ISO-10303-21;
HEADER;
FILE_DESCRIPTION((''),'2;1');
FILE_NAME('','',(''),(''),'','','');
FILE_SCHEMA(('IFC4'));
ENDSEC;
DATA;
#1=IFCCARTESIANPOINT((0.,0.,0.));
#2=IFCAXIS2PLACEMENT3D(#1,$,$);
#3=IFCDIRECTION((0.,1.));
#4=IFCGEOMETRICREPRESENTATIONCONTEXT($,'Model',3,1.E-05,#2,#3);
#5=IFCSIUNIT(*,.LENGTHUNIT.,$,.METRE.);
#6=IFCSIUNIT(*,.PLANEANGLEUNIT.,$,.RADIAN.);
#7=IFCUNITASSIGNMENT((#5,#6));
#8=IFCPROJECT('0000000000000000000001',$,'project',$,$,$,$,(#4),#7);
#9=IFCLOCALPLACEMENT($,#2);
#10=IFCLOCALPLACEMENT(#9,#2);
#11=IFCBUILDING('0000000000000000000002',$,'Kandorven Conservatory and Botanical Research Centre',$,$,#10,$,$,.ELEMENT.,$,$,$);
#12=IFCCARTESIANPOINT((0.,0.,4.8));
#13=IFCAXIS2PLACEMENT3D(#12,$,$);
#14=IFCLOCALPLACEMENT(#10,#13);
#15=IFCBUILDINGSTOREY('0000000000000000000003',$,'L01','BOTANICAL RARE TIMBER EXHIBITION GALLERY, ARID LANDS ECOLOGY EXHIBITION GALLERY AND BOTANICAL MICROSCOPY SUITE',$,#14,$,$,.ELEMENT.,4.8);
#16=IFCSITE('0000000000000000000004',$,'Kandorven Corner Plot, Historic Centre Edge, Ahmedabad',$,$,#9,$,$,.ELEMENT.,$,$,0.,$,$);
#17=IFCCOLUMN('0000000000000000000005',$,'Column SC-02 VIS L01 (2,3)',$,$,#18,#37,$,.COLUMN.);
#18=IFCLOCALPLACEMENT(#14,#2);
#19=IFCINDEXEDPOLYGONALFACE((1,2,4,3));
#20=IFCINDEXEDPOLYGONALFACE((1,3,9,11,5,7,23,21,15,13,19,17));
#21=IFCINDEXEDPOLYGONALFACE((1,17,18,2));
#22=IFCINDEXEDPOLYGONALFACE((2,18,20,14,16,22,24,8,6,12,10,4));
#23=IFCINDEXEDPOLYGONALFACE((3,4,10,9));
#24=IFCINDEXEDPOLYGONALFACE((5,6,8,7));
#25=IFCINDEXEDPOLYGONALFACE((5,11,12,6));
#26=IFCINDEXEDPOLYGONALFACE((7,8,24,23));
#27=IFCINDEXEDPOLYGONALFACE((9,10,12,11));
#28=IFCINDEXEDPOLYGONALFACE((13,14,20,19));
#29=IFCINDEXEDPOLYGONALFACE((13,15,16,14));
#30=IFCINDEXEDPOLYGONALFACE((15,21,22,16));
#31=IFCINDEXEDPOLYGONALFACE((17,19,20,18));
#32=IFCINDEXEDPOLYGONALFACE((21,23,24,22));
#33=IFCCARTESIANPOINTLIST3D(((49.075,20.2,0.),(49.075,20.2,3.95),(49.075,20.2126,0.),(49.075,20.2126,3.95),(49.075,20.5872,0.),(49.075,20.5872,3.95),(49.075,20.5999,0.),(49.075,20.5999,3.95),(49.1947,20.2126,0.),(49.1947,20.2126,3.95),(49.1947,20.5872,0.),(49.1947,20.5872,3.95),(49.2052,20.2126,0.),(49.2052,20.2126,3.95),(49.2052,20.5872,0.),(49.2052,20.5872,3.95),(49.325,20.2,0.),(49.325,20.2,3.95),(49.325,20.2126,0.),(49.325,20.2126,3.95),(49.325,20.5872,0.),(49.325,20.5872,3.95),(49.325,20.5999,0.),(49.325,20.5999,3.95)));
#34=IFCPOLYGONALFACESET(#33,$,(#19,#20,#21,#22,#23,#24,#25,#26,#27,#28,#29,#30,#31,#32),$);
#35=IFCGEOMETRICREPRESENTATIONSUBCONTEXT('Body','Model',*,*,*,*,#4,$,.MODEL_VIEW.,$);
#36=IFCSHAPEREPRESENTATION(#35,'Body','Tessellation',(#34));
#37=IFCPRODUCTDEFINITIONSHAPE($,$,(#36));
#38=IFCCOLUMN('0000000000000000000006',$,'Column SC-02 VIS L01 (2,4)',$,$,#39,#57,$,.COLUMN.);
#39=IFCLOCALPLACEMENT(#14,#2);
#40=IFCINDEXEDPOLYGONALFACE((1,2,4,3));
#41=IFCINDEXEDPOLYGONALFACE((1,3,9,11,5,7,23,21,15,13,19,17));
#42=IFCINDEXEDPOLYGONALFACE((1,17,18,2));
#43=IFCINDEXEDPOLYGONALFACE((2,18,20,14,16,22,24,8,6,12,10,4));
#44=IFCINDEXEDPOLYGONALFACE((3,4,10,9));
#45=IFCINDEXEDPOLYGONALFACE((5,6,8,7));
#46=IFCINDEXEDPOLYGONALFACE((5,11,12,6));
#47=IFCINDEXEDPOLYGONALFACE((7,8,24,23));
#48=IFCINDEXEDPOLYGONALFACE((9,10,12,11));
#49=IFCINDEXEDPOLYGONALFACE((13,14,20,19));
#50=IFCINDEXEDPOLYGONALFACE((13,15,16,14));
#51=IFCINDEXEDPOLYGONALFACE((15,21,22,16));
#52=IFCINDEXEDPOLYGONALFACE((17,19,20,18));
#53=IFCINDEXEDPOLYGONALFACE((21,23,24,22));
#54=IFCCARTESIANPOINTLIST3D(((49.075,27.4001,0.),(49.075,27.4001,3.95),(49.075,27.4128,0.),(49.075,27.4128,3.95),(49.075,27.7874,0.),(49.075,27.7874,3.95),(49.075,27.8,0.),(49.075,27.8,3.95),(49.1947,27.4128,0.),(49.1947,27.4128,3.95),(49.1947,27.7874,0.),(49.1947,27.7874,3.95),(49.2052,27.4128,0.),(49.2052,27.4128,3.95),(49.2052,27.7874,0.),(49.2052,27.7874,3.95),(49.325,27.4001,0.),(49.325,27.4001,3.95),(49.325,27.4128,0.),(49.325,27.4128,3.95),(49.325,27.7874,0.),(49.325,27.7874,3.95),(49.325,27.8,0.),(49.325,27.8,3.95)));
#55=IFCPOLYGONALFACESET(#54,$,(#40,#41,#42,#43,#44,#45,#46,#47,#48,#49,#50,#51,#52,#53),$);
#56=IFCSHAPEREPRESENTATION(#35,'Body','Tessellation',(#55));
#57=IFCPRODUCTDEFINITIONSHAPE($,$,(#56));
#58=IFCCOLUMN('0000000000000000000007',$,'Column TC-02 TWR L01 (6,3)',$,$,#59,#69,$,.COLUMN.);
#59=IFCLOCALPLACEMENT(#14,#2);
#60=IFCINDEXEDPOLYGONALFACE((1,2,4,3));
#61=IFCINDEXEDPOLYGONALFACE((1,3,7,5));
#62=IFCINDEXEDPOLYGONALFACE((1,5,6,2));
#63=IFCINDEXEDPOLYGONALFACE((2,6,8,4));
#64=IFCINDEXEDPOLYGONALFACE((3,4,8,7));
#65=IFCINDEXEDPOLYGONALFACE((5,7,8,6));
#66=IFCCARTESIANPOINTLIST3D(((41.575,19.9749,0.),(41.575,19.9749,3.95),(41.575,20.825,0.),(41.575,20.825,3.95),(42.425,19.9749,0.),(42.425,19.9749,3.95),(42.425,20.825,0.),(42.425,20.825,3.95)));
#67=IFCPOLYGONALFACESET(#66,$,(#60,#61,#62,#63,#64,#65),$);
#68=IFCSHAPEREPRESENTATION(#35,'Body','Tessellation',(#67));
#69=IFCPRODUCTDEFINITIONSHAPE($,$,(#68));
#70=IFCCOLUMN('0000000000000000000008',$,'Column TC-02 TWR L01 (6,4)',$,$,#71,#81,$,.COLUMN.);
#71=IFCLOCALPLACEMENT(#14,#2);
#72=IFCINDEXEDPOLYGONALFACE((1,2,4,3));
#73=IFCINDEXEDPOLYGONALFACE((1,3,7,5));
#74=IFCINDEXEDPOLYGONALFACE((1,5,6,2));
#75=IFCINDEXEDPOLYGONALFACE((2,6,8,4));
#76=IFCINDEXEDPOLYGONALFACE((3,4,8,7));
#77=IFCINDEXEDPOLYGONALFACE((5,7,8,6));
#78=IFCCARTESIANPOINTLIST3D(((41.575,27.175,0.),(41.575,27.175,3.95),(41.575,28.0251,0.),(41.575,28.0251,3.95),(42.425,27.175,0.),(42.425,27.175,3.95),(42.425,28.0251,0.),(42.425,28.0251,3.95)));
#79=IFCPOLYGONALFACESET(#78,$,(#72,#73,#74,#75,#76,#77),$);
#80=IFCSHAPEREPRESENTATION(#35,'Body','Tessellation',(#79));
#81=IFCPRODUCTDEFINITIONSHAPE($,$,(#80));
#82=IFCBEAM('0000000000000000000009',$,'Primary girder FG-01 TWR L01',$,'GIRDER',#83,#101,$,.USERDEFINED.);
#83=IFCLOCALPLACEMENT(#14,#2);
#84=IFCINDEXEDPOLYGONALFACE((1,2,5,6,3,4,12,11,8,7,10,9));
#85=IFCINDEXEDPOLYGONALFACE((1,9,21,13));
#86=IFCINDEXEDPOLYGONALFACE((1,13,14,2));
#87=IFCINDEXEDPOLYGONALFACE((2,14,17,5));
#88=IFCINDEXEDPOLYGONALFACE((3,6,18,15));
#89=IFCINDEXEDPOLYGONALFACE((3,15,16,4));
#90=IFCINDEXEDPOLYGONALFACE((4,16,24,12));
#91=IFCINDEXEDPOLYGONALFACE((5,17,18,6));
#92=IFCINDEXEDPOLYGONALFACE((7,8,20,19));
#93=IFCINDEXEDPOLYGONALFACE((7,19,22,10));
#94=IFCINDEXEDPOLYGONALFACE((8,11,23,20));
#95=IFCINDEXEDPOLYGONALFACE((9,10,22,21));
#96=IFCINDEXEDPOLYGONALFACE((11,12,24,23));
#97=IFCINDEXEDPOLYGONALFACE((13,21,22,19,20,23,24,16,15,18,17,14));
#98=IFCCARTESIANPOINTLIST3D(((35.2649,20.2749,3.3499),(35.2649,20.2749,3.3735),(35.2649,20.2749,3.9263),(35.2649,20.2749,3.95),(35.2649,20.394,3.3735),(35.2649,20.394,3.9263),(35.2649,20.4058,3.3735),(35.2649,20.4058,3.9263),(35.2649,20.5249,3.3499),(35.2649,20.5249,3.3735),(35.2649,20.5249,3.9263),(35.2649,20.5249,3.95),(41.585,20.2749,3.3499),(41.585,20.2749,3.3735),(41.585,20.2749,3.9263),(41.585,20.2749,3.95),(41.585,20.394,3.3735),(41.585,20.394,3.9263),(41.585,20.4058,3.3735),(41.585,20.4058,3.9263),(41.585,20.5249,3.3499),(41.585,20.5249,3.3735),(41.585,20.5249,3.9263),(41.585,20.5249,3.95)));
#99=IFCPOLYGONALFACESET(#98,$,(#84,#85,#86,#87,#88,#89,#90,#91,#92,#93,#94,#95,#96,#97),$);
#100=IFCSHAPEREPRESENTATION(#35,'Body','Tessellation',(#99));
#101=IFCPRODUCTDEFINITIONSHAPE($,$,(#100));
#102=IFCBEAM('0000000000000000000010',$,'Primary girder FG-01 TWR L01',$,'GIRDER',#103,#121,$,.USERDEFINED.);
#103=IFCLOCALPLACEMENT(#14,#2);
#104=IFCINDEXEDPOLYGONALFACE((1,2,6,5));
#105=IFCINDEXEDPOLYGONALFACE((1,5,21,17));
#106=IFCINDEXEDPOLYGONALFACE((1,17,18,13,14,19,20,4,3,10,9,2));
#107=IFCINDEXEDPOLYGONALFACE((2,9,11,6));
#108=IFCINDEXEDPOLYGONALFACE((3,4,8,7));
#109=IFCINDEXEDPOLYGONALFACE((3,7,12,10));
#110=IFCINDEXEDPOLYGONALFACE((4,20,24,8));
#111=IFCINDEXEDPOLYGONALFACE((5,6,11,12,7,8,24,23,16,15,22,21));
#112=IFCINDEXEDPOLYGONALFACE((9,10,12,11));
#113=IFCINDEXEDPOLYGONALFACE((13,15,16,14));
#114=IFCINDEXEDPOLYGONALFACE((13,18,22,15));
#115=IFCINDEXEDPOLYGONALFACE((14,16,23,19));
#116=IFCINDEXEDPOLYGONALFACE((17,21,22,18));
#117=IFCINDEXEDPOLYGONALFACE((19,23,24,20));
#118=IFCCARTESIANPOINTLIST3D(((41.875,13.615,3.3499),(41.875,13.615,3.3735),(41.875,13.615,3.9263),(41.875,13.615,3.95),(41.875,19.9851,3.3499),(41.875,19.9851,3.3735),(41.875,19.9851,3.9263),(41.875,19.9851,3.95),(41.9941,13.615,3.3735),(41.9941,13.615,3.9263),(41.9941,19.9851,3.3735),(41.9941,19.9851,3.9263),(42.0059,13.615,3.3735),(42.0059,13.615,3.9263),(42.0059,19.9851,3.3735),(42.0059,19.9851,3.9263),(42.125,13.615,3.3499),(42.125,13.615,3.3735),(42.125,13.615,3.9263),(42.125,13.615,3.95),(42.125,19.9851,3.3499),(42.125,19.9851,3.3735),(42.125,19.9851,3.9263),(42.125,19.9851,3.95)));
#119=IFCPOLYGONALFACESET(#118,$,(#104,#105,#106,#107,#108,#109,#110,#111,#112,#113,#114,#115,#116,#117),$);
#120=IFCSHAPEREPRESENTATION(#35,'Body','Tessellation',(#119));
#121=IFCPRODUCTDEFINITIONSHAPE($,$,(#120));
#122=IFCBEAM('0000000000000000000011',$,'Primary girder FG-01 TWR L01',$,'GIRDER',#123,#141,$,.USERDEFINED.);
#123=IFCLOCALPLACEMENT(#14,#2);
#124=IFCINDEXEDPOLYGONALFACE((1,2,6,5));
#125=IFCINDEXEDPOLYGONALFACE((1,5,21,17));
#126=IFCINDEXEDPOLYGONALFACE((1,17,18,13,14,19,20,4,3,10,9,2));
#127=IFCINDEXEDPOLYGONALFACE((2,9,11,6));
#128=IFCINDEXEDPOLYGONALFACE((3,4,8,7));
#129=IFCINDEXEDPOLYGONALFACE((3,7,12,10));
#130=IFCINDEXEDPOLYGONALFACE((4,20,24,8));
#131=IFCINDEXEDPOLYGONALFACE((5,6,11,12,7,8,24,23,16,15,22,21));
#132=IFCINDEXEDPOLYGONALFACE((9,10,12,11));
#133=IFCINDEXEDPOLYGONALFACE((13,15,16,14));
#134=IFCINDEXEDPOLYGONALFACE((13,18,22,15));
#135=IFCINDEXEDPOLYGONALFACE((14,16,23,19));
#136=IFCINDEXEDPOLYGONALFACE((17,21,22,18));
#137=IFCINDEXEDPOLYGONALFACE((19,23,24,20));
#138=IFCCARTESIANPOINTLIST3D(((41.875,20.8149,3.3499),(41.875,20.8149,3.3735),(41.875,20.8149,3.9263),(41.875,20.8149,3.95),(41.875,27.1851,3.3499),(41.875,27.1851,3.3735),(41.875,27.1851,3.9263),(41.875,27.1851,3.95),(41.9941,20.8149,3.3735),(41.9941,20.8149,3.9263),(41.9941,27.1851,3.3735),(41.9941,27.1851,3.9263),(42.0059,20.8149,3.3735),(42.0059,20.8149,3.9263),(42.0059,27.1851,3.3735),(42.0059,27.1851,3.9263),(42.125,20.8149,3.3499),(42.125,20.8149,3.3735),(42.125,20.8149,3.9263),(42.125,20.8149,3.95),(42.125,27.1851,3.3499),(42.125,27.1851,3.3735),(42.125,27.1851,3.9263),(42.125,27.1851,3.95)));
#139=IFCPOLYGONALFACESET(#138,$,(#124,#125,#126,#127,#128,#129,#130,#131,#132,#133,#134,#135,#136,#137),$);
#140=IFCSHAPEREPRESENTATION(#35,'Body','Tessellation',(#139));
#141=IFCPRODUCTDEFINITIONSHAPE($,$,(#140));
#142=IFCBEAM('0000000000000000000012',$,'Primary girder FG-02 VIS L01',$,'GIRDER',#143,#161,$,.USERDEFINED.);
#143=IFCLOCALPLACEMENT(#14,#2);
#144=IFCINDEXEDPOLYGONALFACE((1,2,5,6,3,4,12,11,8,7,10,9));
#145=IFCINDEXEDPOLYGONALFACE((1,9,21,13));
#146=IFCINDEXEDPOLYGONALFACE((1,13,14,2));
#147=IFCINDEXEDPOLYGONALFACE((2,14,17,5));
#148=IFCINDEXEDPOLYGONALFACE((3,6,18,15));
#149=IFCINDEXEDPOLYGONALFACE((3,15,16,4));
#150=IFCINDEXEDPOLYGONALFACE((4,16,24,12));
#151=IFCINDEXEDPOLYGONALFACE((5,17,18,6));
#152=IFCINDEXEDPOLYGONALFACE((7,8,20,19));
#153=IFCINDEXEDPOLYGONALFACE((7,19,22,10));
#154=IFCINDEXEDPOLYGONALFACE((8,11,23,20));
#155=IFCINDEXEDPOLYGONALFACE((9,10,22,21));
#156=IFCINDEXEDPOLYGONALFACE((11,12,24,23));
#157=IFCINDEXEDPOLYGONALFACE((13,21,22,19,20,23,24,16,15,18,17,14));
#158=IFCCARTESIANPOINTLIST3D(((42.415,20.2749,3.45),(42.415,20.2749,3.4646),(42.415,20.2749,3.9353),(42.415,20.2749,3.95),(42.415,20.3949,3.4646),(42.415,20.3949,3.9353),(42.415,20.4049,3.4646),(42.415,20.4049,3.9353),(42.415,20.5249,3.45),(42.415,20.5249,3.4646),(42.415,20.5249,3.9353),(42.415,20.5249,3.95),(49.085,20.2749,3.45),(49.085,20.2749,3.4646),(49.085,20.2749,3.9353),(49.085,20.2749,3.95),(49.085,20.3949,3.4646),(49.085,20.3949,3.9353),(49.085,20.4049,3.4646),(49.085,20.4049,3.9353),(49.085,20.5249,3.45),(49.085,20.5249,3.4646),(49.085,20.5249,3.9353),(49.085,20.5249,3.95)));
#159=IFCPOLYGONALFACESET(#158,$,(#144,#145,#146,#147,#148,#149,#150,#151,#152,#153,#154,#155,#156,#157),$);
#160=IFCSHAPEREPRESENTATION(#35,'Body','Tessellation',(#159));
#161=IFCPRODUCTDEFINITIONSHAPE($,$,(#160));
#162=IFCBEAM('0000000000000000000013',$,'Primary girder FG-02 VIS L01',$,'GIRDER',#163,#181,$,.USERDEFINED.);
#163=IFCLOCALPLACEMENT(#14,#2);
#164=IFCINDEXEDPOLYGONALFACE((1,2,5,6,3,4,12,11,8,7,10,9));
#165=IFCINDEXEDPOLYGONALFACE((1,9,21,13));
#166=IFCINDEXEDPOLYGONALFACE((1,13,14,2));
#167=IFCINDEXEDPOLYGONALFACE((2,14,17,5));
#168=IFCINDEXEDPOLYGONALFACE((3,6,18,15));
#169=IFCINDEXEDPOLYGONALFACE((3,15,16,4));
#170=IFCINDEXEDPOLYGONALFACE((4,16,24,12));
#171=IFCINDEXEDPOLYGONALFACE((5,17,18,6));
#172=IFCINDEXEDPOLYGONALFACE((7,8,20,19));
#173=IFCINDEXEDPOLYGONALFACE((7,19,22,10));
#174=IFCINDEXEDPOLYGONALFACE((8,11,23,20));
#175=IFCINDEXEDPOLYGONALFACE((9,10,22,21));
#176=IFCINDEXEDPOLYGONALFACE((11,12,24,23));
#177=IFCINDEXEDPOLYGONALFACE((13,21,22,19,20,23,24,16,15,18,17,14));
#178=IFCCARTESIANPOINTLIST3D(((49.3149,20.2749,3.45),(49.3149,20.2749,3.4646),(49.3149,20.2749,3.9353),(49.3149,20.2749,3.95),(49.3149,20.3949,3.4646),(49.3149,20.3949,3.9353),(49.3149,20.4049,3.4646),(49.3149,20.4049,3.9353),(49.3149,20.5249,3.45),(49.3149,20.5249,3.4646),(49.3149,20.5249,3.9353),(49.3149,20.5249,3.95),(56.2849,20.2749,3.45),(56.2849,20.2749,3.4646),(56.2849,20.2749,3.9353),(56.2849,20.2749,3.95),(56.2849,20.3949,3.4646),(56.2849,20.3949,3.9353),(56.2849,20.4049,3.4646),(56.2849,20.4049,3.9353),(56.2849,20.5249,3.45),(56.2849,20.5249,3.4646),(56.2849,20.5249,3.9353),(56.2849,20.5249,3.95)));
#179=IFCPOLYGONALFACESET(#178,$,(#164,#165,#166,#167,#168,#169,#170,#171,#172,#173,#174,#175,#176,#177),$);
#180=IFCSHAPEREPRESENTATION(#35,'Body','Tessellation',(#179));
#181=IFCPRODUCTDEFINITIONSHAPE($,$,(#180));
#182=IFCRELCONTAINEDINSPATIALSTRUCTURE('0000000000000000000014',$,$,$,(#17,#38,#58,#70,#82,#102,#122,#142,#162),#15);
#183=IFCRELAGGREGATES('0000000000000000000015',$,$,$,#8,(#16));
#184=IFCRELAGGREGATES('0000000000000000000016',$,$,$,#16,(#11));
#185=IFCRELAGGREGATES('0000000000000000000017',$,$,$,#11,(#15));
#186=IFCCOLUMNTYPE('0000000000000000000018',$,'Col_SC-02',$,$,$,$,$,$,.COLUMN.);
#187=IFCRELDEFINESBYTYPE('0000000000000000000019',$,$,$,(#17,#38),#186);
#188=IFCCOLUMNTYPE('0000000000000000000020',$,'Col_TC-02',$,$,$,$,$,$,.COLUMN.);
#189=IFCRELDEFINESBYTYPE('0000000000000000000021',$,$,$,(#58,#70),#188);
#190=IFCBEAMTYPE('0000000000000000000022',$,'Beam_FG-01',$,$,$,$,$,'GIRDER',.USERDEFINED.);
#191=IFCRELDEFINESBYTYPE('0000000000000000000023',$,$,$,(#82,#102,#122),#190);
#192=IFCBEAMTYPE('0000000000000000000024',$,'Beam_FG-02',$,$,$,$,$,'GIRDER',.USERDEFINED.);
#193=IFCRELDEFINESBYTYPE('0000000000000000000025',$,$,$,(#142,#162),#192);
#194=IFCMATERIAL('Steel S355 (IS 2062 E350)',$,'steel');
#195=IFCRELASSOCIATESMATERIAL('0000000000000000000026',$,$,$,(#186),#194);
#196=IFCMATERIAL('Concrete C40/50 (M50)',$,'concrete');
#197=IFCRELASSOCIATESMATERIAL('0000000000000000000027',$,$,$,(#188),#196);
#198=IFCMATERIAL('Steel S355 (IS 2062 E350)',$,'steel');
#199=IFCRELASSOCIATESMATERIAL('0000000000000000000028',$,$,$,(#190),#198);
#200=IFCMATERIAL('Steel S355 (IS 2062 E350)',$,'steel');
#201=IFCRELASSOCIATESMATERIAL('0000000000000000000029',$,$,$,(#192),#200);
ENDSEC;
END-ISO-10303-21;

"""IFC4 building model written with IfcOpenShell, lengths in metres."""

from ifc_helpers import new_model, si_unit, direction, frame, origin, origin_2d, place, context, subcontext, project, spatial, rectangle, i_section, extrude, material, material_profile, profile_set, type_object, element, save


model = new_model("IFC4")

# Units and contexts
model_context = context("Model", 3, precision=1e-05, world=origin(), true_north=direction((0.0, 1.0)))
body_context = subcontext(model_context, "Body", "Model", "MODEL_VIEW")
ifc_project = project(units=[si_unit("LENGTHUNIT", "METRE"), si_unit("PLANEANGLEUNIT", "RADIAN")], contexts=[model_context])

# Site, building, storey
site_placement = place(None, origin())
site = spatial("IfcSite", under=ifc_project, at=site_placement, Name="Kandorven Corner Plot, Historic Centre Edge, Ahmedabad", CompositionType="ELEMENT", RefElevation=0.0)
building_placement = place(site_placement, origin())
building = spatial("IfcBuilding", under=site, at=building_placement, Name="Kandorven Conservatory and Botanical Research Centre", CompositionType="ELEMENT")
storey_placement = place(building_placement, frame((0.0, 0.0, 4.8)))
storey = spatial("IfcBuildingStorey", under=building, at=storey_placement, Name="L01", Description="BOTANICAL RARE TIMBER EXHIBITION GALLERY, ARID LANDS ECOLOGY EXHIBITION GALLERY AND BOTANICAL MICROSCOPY SUITE", CompositionType="ELEMENT", Elevation=4.8)

# Columns
ifc_material_1 = material(Name="Steel S355 (IS 2062 E350)", Category="steel")
ifc_material_profile_1 = material_profile(ifc_material_1, i_section(OverallWidth=0.25, OverallDepth=0.3999, WebThickness=0.0105, FlangeThickness=0.0127, at=origin_2d()))
ifc_profile_set_1 = profile_set([ifc_material_profile_1], Name="Steel S355 (IS 2062 E350)")
column_type_1 = type_object("IfcColumnType", Name="Col_SC-02", PredefinedType="COLUMN", material=ifc_profile_set_1)
for number, where, z_axis, x_axis, name in (
    (1, (49.2, 20.3999, 0.0), (0.0, 0.0, 1.0), (1.0, 0.0, 0.0), "Column SC-02 VIS L01 (2,3)"),
    (2, (49.2, 27.6001, 0.0), (0.0, 0.0, 1.0), (1.0, 0.0, 0.0), "Column SC-02 VIS L01 (2,4)"),
):
    element("IfcColumn", number, at=place(storey_placement, frame(where, z_axis=z_axis, x_axis=x_axis)), inside=storey, type_object=column_type_1, Name=name, PredefinedType="COLUMN", context=body_context, shape_type="SweptSolid", body=[
        extrude(i_section(OverallWidth=0.25, OverallDepth=0.3999, WebThickness=0.0105, FlangeThickness=0.0127, at=origin_2d()), origin(), (0.0, 0.0, 1.0), 3.95),
    ])
ifc_material_2 = material(Name="Concrete C40/50 (M50)", Category="concrete")
ifc_material_profile_2 = material_profile(ifc_material_2, rectangle(XDim=0.8501, YDim=0.8501, at=origin_2d()))
ifc_profile_set_2 = profile_set([ifc_material_profile_2], Name="Concrete C40/50 (M50)")
column_type_2 = type_object("IfcColumnType", Name="Col_TC-02", PredefinedType="COLUMN", material=ifc_profile_set_2)
for number, where, z_axis, x_axis, name in (
    (3, (42.0, 20.3999, 0.0), (0.0, 0.0, 1.0), (1.0, 0.0, 0.0), "Column TC-02 TWR L01 (6,3)"),
    (4, (42.0, 27.6001, 0.0), (0.0, 0.0, 1.0), (1.0, 0.0, 0.0), "Column TC-02 TWR L01 (6,4)"),
):
    element("IfcColumn", number, at=place(storey_placement, frame(where, z_axis=z_axis, x_axis=x_axis)), inside=storey, type_object=column_type_2, Name=name, PredefinedType="COLUMN", context=body_context, shape_type="SweptSolid", body=[
        extrude(rectangle(XDim=0.8501, YDim=0.8501, at=origin_2d()), origin(), (0.0, 0.0, 1.0), 3.95),
    ])

# Beams
ifc_material_3 = material(Name="Steel S355 (IS 2062 E350)", Category="steel")
ifc_material_profile_3 = material_profile(ifc_material_3, i_section(OverallWidth=0.25, OverallDepth=0.6001, WebThickness=0.0117, FlangeThickness=0.0237, at=origin_2d()))
ifc_profile_set_3 = profile_set([ifc_material_profile_3], Name="Steel S355 (IS 2062 E350)")
beam_type_1 = type_object("IfcBeamType", Name="Beam_FG-01", ElementType="GIRDER", PredefinedType="USERDEFINED", material=ifc_profile_set_3)
beam_1_placement = place(storey_placement, frame((35.2649, 20.3999, 3.6499), z_axis=(1.0, 0.0, 0.0), x_axis=(0.0, 1.0, 0.0)))
element("IfcBeam", 5, at=beam_1_placement, inside=storey, type_object=beam_type_1, Name="Primary girder FG-01 TWR L01", ObjectType="GIRDER", PredefinedType="USERDEFINED", context=body_context, shape_type="SweptSolid", body=[
    extrude(i_section(OverallWidth=0.25, OverallDepth=0.6001, WebThickness=0.0117, FlangeThickness=0.0237, at=origin_2d()), origin(), (0.0, 0.0, 1.0), 6.3201),
])
for number, where, z_axis, x_axis, name in (
    (6, (42.0, 13.615, 3.6499), (0.0, 1.0, 0.0), (-1.0, 0.0, 0.0), "Primary girder FG-01 TWR L01"),
    (7, (42.0, 20.8149, 3.6499), (0.0, 1.0, 0.0), (-1.0, 0.0, 0.0), "Primary girder FG-01 TWR L01"),
):
    element("IfcBeam", number, at=place(storey_placement, frame(where, z_axis=z_axis, x_axis=x_axis)), inside=storey, type_object=beam_type_1, Name=name, ObjectType="GIRDER", PredefinedType="USERDEFINED", context=body_context, shape_type="SweptSolid", body=[
        extrude(i_section(OverallWidth=0.25, OverallDepth=0.6001, WebThickness=0.0117, FlangeThickness=0.0237, at=origin_2d()), origin(), (0.0, 0.0, 1.0), 6.3701),
    ])
ifc_material_4 = material(Name="Steel S355 (IS 2062 E350)", Category="steel")
ifc_material_profile_4 = material_profile(ifc_material_4, i_section(OverallWidth=0.25, OverallDepth=0.5, WebThickness=0.01, FlangeThickness=0.0146, at=origin_2d()))
ifc_profile_set_4 = profile_set([ifc_material_profile_4], Name="Steel S355 (IS 2062 E350)")
beam_type_2 = type_object("IfcBeamType", Name="Beam_FG-02", ElementType="GIRDER", PredefinedType="USERDEFINED", material=ifc_profile_set_4)
beam_2_placement = place(storey_placement, frame((42.415, 20.3999, 3.7), z_axis=(1.0, 0.0, 0.0), x_axis=(0.0, 1.0, 0.0)))
element("IfcBeam", 8, at=beam_2_placement, inside=storey, type_object=beam_type_2, Name="Primary girder FG-02 VIS L01", ObjectType="GIRDER", PredefinedType="USERDEFINED", context=body_context, shape_type="SweptSolid", body=[
    extrude(i_section(OverallWidth=0.25, OverallDepth=0.5, WebThickness=0.01, FlangeThickness=0.0146, at=origin_2d()), origin(), (0.0, 0.0, 1.0), 6.6699),
])
beam_3_placement = place(storey_placement, frame((49.3149, 20.3999, 3.7), z_axis=(1.0, 0.0, 0.0), x_axis=(0.0, 1.0, 0.0)))
element("IfcBeam", 9, at=beam_3_placement, inside=storey, type_object=beam_type_2, Name="Primary girder FG-02 VIS L01", ObjectType="GIRDER", PredefinedType="USERDEFINED", context=body_context, shape_type="SweptSolid", body=[
    extrude(i_section(OverallWidth=0.25, OverallDepth=0.5, WebThickness=0.01, FlangeThickness=0.0146, at=origin_2d()), origin(), (0.0, 0.0, 1.0), 6.97),
])

save(model, "model.ifc")
